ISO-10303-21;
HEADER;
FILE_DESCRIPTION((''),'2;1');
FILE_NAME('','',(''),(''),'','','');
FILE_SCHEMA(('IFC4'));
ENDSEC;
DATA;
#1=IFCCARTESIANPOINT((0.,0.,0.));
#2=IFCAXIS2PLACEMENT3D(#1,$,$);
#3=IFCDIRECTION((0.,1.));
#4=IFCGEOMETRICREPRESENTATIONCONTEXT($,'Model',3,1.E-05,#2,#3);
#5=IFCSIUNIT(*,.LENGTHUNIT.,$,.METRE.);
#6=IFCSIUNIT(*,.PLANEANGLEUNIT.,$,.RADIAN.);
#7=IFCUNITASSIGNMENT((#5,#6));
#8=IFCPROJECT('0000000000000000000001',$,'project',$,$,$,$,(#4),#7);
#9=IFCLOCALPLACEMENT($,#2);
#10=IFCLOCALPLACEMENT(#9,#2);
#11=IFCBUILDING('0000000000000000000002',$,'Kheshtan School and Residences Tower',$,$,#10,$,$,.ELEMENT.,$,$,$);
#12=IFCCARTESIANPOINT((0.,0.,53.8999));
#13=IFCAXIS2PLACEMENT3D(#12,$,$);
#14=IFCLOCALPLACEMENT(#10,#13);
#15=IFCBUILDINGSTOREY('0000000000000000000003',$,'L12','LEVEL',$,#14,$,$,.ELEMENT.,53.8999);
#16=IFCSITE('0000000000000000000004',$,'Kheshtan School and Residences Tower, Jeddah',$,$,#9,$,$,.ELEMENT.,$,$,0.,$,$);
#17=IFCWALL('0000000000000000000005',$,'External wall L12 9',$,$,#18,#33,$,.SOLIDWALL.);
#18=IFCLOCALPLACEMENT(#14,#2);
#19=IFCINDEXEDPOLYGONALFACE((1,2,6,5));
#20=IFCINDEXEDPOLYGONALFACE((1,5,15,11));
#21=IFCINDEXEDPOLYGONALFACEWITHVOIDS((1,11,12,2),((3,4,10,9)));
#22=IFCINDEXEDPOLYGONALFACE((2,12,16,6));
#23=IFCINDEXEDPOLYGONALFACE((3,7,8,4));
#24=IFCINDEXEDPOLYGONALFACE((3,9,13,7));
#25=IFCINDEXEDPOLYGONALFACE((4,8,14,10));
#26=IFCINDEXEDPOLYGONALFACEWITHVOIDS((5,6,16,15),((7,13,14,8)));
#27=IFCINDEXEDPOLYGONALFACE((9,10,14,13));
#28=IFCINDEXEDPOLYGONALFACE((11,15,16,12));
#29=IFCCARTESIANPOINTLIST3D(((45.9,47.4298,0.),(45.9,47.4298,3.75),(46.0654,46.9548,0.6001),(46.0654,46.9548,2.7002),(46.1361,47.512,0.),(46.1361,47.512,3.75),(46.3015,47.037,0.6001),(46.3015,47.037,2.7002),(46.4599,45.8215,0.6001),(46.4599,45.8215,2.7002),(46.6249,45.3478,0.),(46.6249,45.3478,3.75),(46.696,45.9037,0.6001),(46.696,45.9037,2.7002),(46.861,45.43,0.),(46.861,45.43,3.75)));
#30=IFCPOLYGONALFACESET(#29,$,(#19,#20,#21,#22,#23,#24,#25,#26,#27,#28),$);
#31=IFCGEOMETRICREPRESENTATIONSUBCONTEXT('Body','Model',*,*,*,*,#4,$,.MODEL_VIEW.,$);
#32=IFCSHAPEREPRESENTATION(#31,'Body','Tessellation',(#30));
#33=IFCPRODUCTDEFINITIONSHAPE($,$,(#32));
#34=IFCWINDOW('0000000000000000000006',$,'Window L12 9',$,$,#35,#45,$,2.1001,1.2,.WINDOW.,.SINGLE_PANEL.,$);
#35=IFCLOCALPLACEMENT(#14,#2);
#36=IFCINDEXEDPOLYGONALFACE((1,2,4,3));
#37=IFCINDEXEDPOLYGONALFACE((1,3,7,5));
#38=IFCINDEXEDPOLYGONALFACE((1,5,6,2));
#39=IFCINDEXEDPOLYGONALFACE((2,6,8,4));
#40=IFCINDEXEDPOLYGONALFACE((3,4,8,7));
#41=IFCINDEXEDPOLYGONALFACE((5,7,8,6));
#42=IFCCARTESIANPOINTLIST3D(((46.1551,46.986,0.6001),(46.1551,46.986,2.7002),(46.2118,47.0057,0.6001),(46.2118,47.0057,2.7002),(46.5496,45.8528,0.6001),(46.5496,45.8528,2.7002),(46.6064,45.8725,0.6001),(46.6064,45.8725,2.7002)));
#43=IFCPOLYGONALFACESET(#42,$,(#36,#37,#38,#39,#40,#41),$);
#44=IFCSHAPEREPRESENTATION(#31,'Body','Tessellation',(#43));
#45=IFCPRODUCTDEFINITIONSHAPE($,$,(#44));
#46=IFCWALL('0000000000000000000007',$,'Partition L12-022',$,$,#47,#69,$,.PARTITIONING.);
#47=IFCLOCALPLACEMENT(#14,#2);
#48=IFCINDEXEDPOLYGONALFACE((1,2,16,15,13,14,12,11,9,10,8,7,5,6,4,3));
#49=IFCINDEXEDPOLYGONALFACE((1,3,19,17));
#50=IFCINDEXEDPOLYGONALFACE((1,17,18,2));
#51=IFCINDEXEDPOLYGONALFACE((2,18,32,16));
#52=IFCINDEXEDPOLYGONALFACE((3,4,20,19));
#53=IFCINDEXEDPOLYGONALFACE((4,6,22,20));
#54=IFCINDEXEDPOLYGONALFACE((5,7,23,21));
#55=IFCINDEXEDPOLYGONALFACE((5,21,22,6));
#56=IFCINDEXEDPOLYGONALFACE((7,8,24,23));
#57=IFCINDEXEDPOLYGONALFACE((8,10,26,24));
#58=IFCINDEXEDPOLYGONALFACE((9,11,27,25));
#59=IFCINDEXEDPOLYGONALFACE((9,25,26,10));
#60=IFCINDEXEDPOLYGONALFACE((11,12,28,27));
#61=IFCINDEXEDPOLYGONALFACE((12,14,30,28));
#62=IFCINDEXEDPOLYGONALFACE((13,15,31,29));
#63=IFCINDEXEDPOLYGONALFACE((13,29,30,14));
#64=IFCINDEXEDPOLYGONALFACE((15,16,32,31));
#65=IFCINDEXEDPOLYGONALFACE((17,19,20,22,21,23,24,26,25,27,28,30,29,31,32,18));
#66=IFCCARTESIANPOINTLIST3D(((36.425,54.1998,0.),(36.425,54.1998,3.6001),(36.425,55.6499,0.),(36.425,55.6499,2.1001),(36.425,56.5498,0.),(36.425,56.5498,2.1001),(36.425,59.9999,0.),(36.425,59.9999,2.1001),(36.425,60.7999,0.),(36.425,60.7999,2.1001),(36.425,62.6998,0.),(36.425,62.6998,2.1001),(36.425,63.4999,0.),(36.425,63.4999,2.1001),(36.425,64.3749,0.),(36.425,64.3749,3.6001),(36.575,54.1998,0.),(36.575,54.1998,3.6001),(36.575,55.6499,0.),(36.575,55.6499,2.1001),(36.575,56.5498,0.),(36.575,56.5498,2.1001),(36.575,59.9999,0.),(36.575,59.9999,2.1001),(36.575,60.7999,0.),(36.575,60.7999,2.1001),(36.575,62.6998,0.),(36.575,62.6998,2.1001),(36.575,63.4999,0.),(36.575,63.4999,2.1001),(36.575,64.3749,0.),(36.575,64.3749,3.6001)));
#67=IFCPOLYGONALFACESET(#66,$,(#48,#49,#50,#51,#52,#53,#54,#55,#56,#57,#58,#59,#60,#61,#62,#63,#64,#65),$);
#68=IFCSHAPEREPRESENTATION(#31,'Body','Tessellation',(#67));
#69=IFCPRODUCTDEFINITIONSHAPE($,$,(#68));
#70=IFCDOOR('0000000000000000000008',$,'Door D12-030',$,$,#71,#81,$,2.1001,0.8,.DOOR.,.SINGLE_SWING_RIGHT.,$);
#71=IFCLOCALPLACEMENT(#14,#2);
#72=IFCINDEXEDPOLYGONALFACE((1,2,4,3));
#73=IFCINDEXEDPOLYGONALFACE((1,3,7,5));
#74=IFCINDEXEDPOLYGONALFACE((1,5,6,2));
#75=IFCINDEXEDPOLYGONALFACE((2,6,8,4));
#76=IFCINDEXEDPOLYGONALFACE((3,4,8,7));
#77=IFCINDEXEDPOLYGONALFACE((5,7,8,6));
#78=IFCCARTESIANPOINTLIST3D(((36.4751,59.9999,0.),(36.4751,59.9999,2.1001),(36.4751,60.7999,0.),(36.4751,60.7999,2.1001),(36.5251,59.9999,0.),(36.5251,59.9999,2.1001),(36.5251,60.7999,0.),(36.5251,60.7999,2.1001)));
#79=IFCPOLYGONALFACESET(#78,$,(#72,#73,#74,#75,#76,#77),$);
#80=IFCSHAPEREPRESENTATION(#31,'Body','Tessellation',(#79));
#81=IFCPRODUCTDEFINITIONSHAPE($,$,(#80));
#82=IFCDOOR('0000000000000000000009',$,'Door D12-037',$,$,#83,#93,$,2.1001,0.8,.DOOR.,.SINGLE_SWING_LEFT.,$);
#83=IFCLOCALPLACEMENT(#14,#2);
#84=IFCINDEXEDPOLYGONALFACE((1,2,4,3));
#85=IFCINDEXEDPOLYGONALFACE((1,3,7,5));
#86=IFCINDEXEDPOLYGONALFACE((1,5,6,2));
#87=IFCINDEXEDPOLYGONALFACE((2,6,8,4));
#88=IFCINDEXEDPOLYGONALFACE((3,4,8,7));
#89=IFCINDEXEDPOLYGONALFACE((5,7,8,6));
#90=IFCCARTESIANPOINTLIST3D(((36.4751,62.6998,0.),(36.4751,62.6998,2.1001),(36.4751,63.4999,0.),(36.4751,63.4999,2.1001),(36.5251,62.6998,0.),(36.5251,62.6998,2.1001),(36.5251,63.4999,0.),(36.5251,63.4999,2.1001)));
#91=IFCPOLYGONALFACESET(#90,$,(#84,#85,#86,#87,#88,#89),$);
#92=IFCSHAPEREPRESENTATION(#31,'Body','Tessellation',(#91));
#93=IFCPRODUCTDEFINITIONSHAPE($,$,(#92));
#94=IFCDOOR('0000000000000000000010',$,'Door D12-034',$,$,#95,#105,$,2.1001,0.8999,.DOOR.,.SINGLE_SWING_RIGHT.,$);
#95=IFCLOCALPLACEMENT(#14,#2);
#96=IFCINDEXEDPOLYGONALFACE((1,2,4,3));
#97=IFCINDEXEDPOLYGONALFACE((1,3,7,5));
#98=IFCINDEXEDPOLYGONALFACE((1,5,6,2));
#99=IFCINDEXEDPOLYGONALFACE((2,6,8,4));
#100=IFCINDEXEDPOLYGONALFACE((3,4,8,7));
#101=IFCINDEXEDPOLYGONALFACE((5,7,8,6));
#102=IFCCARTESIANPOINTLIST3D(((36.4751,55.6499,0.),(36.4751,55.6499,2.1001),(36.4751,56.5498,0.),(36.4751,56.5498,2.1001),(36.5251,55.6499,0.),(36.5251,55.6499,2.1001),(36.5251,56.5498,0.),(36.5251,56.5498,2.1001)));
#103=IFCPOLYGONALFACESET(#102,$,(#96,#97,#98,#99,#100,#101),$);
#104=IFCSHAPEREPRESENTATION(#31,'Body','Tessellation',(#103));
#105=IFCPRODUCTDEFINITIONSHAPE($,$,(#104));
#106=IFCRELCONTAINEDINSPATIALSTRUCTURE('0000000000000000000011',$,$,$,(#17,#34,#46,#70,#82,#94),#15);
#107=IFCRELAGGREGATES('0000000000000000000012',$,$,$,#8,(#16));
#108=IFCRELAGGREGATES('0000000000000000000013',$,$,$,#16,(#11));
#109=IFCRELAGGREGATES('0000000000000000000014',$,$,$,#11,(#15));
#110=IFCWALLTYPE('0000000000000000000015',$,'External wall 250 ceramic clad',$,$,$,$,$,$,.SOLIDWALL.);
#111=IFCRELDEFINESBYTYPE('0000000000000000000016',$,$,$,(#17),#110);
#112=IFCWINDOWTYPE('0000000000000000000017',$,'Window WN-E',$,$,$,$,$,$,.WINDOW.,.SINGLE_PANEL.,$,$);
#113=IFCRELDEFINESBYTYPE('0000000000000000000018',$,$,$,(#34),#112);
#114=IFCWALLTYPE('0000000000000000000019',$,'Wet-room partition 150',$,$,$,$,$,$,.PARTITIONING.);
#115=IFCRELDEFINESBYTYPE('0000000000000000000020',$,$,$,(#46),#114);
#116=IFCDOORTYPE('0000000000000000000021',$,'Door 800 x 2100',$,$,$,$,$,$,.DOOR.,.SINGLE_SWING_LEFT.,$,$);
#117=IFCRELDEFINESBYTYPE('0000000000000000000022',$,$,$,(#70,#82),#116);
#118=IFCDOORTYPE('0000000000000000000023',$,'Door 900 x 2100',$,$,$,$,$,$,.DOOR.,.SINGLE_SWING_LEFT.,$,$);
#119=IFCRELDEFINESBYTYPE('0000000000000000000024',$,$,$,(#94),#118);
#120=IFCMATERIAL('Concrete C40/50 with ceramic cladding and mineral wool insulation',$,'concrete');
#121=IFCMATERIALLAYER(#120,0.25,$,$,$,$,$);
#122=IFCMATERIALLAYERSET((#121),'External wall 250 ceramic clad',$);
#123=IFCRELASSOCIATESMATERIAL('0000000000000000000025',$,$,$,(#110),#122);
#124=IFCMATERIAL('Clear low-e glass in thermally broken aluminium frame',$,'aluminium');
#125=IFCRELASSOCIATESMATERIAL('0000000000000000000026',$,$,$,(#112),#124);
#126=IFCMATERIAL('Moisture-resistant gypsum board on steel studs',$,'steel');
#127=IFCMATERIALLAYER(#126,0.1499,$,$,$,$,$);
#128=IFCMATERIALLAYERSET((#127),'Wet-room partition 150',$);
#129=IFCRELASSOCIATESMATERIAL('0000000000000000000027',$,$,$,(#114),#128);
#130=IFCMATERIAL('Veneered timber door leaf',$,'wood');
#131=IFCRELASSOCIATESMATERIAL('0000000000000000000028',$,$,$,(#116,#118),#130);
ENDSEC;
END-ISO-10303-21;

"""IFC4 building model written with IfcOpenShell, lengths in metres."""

from ifc_helpers import new_model, si_unit, direction, frame, frame_2d, origin, place, context, subcontext, project, spatial, rectangle, extrude, source, transform, mapped, material, layer, layer_set, type_object, element, fill, save


model = new_model("IFC4")

# Units and contexts
model_context = context("Model", 3, precision=1e-05, world=origin(), true_north=direction((0.0, 1.0)))
body_context = subcontext(model_context, "Body", "Model", "MODEL_VIEW")
ifc_project = project(units=[si_unit("LENGTHUNIT", "METRE"), si_unit("PLANEANGLEUNIT", "RADIAN")], contexts=[model_context])

# Site, building, storey
site_placement = place(None, origin())
site = spatial("IfcSite", under=ifc_project, at=site_placement, Name="Kheshtan School and Residences Tower, Jeddah", CompositionType="ELEMENT", RefElevation=0.0)
building_placement = place(site_placement, origin())
building = spatial("IfcBuilding", under=site, at=building_placement, Name="Kheshtan School and Residences Tower", CompositionType="ELEMENT")
storey_placement = place(building_placement, frame((0.0, 0.0, 53.8999)))
storey = spatial("IfcBuildingStorey", under=building, at=storey_placement, Name="L12", Description="LEVEL", CompositionType="ELEMENT", Elevation=53.8999)

# Shared definitions
ifc_material_1 = material(Name="Clear low-e glass in thermally broken aluminium frame", Category="aluminium")

# Wall, opening, window
ifc_material_2 = material(Name="Concrete C40/50 with ceramic cladding and mineral wool insulation", Category="concrete")
ifc_layer_1 = layer(ifc_material_2, 0.25)
ifc_layer_set_1 = layer_set([ifc_layer_1], Name="External wall 250 ceramic clad")
wall_type_1 = type_object("IfcWallType", Name="External wall 250 ceramic clad", PredefinedType="SOLIDWALL", material=ifc_layer_set_1)
wall_1_placement = place(storey_placement, frame((46.0181, 47.4709, 0.0), z_axis=(0.0, 0.0, 1.0), x_axis=(0.328791, -0.944403, 0.0)))
wall_1 = element("IfcWall", 1, at=wall_1_placement, inside=storey, type_object=wall_type_1, Name="External wall L12 9", PredefinedType="SOLIDWALL", context=body_context, shape_type="SweptSolid", body=[
    extrude(rectangle(XDim=2.2046, YDim=0.25, at=frame_2d((1.1023, 0.0))), origin(), (0.0, 0.0, 1.0), 3.75),
])
opening_1_placement = place(wall_1_placement, frame((0.5029, 0.0, 0.6001)))
opening_1 = element("IfcOpeningElement", 2, at=opening_1_placement, cuts=wall_1, PredefinedType="OPENING", context=body_context, shape_type="SweptSolid", body=[
    extrude(rectangle(XDim=1.2, YDim=2.1001, at=frame_2d((0.6001, 1.05))), frame((0.0, 0.135, 0.0), z_axis=(0.0, -1.0, 0.0), x_axis=(1.0, 0.0, 0.0)), (0.0, 0.0, 1.0), 0.27),
])
window_type = type_object("IfcWindowType", Name="Window WN-E", PartitioningType="SINGLE_PANEL", PredefinedType="WINDOW", material=ifc_material_1)
shared_shape_1 = source(origin(), body_context, "Body", "SweptSolid", [
    extrude(rectangle(XDim=1.2, YDim=2.1001, at=frame_2d((0.6001, 1.05))), frame((0.0, 0.03, 0.0), z_axis=(0.0, -1.0, 0.0), x_axis=(1.0, 0.0, 0.0)), (0.0, 0.0, 1.0), 0.0601),
])
window_placement = place(opening_1_placement, origin())
window = element("IfcWindow", 3, at=window_placement, inside=storey, type_object=window_type, Name="Window L12 9", OverallHeight=2.1001, OverallWidth=1.2, PartitioningType="SINGLE_PANEL", PredefinedType="WINDOW", context=body_context, shape_type="MappedRepresentation", body=[
    mapped(shared_shape_1, transform((0.0, 0.0, 0.0), x_axis=(1.0, 0.0, 0.0), y_axis=(0.0, 1.0, 0.0), z_axis=(0.0, 0.0, 1.0), scale=1.0)),
])
fill(opening_1, window)

# Wall, openings, doors
ifc_material_3 = material(Name="Moisture-resistant gypsum board on steel studs", Category="steel")
ifc_layer_2 = layer(ifc_material_3, 0.1499)
ifc_layer_set_2 = layer_set([ifc_layer_2], Name="Wet-room partition 150")
wall_type_2 = type_object("IfcWallType", Name="Wet-room partition 150", PredefinedType="PARTITIONING", material=ifc_layer_set_2)
wall_2_placement = place(storey_placement, frame((36.5, 54.2, 0.0), z_axis=(0.0, 0.0, 1.0), x_axis=(0.0, 1.0, 0.0)))
wall_2 = element("IfcWall", 4, at=wall_2_placement, inside=storey, type_object=wall_type_2, Name="Partition L12-022", PredefinedType="PARTITIONING", context=body_context, shape_type="SweptSolid", body=[
    extrude(rectangle(XDim=10.175, YDim=0.1499, at=frame_2d((5.0874, 0.0))), origin(), (0.0, 0.0, 1.0), 3.6001),
])
opening_2_placement = place(wall_2_placement, frame((5.8, 0.0, 0.0)))
opening_2 = element("IfcOpeningElement", 5, at=opening_2_placement, cuts=wall_2, PredefinedType="OPENING", context=body_context, shape_type="SweptSolid", body=[
    extrude(rectangle(XDim=0.8, YDim=2.1001, at=frame_2d((0.3999, 1.05))), frame((0.0, 0.085, 0.0), z_axis=(0.0, -1.0, 0.0), x_axis=(1.0, 0.0, 0.0)), (0.0, 0.0, 1.0), 0.1699),
])
opening_3_placement = place(wall_2_placement, frame((1.45, 0.0, 0.0)))
opening_3 = element("IfcOpeningElement", 6, at=opening_3_placement, cuts=wall_2, PredefinedType="OPENING", context=body_context, shape_type="SweptSolid", body=[
    extrude(rectangle(XDim=0.8999, YDim=2.1001, at=frame_2d((0.45, 1.05))), frame((0.0, 0.085, 0.0), z_axis=(0.0, -1.0, 0.0), x_axis=(1.0, 0.0, 0.0)), (0.0, 0.0, 1.0), 0.1699),
])
opening_4_placement = place(wall_2_placement, frame((8.5, 0.0, 0.0)))
opening_4 = element("IfcOpeningElement", 7, at=opening_4_placement, cuts=wall_2, PredefinedType="OPENING", context=body_context, shape_type="SweptSolid", body=[
    extrude(rectangle(XDim=0.8, YDim=2.1001, at=frame_2d((0.3999, 1.05))), frame((0.0, 0.085, 0.0), z_axis=(0.0, -1.0, 0.0), x_axis=(1.0, 0.0, 0.0)), (0.0, 0.0, 1.0), 0.1699),
])
ifc_material_4 = material(Name="Veneered timber door leaf", Category="wood")
door_type_1 = type_object("IfcDoorType", Name="Door 800 x 2100", OperationType="SINGLE_SWING_LEFT", PredefinedType="DOOR", material=ifc_material_4)
shared_shape_2 = source(origin(), body_context, "Body", "SweptSolid", [
    extrude(rectangle(XDim=0.8, YDim=2.1001, at=frame_2d((0.3999, 1.05))), frame((0.0, 0.0249, 0.0), z_axis=(0.0, -1.0, 0.0), x_axis=(1.0, 0.0, 0.0)), (0.0, 0.0, 1.0), 0.05),
])
door_1_placement = place(opening_2_placement, origin())
door_1 = element("IfcDoor", 8, at=door_1_placement, inside=storey, type_object=door_type_1, Name="Door D12-030", OperationType="SINGLE_SWING_RIGHT", OverallHeight=2.1001, OverallWidth=0.8, PredefinedType="DOOR", context=body_context, shape_type="MappedRepresentation", body=[
    mapped(shared_shape_2, transform((0.0, 0.0, 0.0), x_axis=(1.0, 0.0, 0.0), y_axis=(0.0, 1.0, 0.0), z_axis=(0.0, 0.0, 1.0), scale=1.0)),
])
fill(opening_2, door_1)
door_2_placement = place(opening_4_placement, origin())
door_2 = element("IfcDoor", 9, at=door_2_placement, inside=storey, type_object=door_type_1, Name="Door D12-037", OperationType="SINGLE_SWING_LEFT", OverallHeight=2.1001, OverallWidth=0.8, PredefinedType="DOOR", context=body_context, shape_type="MappedRepresentation", body=[
    mapped(shared_shape_2, transform((0.0, 0.0, 0.0), x_axis=(1.0, 0.0, 0.0), y_axis=(0.0, 1.0, 0.0), z_axis=(0.0, 0.0, 1.0), scale=1.0)),
])
fill(opening_4, door_2)
door_type_2 = type_object("IfcDoorType", Name="Door 900 x 2100", OperationType="SINGLE_SWING_LEFT", PredefinedType="DOOR", material=ifc_material_4)
shared_shape_3 = source(origin(), body_context, "Body", "SweptSolid", [
    extrude(rectangle(XDim=0.8999, YDim=2.1001, at=frame_2d((0.45, 1.05))), frame((0.0, 0.0249, 0.0), z_axis=(0.0, -1.0, 0.0), x_axis=(1.0, 0.0, 0.0)), (0.0, 0.0, 1.0), 0.05),
])
door_3_placement = place(opening_3_placement, origin())
door_3 = element("IfcDoor", 10, at=door_3_placement, inside=storey, type_object=door_type_2, Name="Door D12-034", OperationType="SINGLE_SWING_RIGHT", OverallHeight=2.1001, OverallWidth=0.8999, PredefinedType="DOOR", context=body_context, shape_type="MappedRepresentation", body=[
    mapped(shared_shape_3, transform((0.0, 0.0, 0.0), x_axis=(1.0, 0.0, 0.0), y_axis=(0.0, 1.0, 0.0), z_axis=(0.0, 0.0, 1.0), scale=1.0)),
])
fill(opening_3, door_3)

save(model, "model.ifc")
